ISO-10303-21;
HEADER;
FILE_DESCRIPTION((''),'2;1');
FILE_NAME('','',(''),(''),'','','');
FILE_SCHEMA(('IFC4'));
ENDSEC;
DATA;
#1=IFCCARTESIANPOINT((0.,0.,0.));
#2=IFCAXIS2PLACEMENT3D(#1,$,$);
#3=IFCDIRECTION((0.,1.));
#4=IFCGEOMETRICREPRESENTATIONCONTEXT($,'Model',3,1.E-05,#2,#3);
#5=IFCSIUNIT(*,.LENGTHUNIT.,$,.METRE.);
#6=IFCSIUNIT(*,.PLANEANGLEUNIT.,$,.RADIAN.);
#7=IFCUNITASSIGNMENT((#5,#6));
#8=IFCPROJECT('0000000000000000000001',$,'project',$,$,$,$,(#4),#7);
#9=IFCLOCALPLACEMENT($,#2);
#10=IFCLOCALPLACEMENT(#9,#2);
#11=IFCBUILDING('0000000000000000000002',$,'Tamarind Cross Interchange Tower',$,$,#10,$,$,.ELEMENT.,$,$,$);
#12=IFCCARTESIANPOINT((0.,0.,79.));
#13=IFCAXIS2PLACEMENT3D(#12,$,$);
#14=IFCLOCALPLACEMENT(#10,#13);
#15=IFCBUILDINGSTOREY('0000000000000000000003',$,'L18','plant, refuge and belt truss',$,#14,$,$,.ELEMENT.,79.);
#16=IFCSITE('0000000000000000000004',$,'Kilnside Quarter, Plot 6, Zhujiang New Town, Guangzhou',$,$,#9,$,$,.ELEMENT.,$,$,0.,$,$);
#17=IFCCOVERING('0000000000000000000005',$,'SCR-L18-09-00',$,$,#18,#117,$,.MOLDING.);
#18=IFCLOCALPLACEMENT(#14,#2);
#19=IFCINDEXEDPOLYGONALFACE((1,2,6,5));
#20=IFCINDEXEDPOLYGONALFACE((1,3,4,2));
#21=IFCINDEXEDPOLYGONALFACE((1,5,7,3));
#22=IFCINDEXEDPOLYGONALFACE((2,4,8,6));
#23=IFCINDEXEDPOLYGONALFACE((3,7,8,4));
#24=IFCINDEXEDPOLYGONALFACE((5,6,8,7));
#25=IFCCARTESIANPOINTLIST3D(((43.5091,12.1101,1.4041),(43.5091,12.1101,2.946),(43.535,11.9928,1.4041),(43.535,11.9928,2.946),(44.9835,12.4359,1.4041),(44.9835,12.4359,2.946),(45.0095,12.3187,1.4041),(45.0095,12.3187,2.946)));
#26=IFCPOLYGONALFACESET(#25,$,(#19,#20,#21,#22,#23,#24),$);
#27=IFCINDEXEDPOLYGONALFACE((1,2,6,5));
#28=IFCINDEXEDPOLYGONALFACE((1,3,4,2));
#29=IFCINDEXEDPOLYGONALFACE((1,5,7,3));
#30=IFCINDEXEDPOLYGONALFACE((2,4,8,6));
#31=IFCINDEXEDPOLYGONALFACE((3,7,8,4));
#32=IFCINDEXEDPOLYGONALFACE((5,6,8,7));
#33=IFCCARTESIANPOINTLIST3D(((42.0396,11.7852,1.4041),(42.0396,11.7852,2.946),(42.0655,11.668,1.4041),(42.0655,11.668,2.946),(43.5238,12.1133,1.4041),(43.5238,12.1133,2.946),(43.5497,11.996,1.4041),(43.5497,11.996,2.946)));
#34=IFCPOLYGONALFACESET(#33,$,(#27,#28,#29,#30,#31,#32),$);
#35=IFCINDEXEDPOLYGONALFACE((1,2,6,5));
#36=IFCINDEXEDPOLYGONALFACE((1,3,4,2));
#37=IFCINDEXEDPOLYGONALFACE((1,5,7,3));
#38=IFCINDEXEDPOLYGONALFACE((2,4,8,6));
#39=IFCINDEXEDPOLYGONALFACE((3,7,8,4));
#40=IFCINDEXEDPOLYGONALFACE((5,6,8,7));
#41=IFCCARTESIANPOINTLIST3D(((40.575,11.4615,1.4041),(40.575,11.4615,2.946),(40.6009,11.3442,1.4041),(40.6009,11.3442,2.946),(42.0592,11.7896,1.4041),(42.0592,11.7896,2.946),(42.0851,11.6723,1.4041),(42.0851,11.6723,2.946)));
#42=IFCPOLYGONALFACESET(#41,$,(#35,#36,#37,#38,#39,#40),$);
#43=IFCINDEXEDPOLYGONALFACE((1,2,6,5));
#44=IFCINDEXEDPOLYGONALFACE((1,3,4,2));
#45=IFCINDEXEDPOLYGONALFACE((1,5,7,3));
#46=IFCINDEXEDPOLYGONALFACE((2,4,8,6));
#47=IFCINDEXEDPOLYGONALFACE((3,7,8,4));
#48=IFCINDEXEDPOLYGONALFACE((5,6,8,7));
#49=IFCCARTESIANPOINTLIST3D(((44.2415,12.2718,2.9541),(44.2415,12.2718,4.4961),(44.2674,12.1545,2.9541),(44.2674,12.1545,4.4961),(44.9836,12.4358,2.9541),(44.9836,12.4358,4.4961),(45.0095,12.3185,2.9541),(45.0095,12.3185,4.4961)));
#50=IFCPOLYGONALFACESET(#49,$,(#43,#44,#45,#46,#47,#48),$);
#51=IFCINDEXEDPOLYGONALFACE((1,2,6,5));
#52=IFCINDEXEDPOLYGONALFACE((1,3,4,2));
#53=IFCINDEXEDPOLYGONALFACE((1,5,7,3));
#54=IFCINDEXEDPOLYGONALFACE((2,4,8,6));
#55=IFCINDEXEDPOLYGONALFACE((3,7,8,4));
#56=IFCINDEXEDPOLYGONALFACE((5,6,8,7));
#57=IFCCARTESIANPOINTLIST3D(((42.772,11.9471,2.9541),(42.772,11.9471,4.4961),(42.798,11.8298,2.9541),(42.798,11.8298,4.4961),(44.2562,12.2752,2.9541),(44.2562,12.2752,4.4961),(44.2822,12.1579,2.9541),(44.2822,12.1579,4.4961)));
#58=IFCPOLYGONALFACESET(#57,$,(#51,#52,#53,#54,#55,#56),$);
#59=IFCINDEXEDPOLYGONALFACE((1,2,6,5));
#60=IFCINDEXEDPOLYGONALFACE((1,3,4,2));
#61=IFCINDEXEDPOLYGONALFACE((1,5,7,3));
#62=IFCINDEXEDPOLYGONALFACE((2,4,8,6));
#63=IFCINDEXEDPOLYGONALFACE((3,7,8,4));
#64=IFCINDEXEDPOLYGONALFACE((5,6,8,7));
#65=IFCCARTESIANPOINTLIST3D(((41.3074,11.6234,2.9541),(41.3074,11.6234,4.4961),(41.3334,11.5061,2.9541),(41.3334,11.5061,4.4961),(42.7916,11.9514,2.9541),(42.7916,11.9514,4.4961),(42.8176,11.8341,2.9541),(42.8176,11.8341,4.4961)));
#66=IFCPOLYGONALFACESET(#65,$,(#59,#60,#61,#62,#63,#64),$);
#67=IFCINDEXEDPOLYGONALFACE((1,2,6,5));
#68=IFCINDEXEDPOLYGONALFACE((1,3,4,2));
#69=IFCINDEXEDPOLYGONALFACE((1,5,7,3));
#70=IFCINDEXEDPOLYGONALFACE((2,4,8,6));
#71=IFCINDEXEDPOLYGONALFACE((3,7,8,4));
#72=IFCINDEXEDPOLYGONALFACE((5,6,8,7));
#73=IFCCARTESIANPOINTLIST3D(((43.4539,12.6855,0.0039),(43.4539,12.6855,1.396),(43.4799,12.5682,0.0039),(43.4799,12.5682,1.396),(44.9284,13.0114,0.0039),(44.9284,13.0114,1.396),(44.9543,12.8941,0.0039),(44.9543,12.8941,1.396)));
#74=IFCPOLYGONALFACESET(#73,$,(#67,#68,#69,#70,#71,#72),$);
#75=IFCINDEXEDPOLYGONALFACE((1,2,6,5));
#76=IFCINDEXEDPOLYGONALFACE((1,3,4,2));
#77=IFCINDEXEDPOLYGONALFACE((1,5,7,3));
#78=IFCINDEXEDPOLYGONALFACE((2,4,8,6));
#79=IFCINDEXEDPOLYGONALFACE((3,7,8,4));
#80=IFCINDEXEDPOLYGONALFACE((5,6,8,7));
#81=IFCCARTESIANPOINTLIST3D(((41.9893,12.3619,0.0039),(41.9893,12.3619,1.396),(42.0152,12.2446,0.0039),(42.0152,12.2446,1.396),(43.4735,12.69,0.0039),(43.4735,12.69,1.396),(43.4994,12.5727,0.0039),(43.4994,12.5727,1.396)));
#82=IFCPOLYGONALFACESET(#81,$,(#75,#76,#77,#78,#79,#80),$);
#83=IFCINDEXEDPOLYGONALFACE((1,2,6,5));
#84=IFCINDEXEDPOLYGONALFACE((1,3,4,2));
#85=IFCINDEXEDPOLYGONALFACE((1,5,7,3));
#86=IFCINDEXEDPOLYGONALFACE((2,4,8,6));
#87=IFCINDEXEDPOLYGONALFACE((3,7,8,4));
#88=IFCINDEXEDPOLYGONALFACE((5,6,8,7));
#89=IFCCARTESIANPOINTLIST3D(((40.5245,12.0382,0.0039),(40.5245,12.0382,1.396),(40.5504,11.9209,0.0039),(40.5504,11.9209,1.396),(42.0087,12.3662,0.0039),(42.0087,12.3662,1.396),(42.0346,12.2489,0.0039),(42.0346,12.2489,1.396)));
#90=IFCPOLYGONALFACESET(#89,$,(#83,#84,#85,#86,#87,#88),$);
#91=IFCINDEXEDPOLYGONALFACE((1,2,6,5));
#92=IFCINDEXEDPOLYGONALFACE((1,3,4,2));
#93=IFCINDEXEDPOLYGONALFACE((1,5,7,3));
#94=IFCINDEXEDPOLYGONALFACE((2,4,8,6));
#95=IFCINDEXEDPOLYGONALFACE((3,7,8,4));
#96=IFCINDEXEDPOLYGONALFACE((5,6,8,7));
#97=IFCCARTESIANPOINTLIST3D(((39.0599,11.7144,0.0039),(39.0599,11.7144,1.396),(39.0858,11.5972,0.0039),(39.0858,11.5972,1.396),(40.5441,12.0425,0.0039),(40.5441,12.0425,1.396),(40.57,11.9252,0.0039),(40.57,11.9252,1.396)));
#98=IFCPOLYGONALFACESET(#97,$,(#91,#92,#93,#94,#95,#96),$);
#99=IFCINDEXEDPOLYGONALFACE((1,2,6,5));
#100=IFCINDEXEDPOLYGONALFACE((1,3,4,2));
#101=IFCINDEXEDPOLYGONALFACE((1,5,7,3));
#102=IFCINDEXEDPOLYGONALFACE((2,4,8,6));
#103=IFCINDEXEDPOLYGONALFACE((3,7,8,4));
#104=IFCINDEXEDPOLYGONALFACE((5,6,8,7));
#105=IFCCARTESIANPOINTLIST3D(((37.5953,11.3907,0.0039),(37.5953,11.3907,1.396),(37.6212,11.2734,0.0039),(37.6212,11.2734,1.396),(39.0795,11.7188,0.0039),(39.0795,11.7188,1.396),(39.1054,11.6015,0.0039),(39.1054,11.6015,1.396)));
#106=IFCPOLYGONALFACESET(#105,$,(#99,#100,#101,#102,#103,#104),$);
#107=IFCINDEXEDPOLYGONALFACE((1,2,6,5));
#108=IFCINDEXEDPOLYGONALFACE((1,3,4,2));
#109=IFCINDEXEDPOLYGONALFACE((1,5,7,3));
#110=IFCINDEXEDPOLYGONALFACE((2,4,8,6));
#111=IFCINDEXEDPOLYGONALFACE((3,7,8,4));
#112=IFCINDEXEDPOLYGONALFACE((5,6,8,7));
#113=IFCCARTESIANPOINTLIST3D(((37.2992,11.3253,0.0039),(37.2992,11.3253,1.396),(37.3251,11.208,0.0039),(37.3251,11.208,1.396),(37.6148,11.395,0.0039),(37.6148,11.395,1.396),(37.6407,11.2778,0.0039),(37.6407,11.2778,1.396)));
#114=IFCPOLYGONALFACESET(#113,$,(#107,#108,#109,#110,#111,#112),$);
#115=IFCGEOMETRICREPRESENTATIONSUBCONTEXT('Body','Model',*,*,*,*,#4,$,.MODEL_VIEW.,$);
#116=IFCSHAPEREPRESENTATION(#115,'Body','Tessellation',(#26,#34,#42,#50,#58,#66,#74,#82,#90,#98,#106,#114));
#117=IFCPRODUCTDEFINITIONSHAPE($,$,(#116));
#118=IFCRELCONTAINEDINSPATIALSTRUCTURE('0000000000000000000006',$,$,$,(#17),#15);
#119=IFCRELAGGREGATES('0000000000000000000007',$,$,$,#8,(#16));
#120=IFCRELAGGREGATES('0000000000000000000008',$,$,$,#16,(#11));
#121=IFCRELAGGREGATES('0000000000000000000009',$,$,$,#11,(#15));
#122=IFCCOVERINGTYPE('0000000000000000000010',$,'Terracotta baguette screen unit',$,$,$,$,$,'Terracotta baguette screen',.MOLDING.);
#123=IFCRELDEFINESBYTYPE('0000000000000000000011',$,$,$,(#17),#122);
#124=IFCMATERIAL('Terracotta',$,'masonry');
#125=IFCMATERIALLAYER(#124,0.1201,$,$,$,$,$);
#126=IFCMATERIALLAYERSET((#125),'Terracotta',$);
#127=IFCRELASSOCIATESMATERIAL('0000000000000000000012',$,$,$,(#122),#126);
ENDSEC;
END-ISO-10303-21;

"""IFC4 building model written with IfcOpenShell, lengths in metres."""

from ifc_helpers import new_model, si_unit, direction, frame, origin, origin_2d, place, context, subcontext, project, spatial, rectangle, extrude, material, layer, layer_set, type_object, element, save


model = new_model("IFC4")

# Units and contexts
model_context = context("Model", 3, precision=1e-05, world=origin(), true_north=direction((0.0, 1.0)))
body_context = subcontext(model_context, "Body", "Model", "MODEL_VIEW")
ifc_project = project(units=[si_unit("LENGTHUNIT", "METRE"), si_unit("PLANEANGLEUNIT", "RADIAN")], contexts=[model_context])

# Site, building, storey
site_placement = place(None, origin())
site = spatial("IfcSite", under=ifc_project, at=site_placement, Name="Kilnside Quarter, Plot 6, Zhujiang New Town, Guangzhou", CompositionType="ELEMENT", RefElevation=0.0)
building_placement = place(site_placement, origin())
building = spatial("IfcBuilding", under=site, at=building_placement, Name="Tamarind Cross Interchange Tower", CompositionType="ELEMENT")
storey_placement = place(building_placement, frame((0.0, 0.0, 79.0)))
storey = spatial("IfcBuildingStorey", under=building, at=storey_placement, Name="L18", Description="plant, refuge and belt truss", CompositionType="ELEMENT", Elevation=79.0)

# Covering
ifc_material_1 = material(Name="Terracotta", Category="masonry")
ifc_layer_1 = layer(ifc_material_1, 0.1201)
ifc_layer_set_1 = layer_set([ifc_layer_1], Name="Terracotta")
covering_type = type_object("IfcCoveringType", Name="Terracotta baguette screen unit", ElementType="Terracotta baguette screen", PredefinedType="MOLDING", material=ifc_layer_set_1)
covering_1_placement = place(storey_placement, origin())
element("IfcCovering", 1, at=covering_1_placement, inside=storey, type_object=covering_type, Name="SCR-L18-09-00", PredefinedType="MOLDING", context=body_context, shape_type="SweptSolid", body=[
    extrude(rectangle(XDim=1.51, YDim=0.1201, at=origin_2d()), frame((44.2593, 12.2144, 1.4041), z_axis=(0.0, 0.0, 1.0), x_axis=(-0.976433, -0.21582, 0.0)), (0.0, 0.0, 1.0), 1.542),
    extrude(rectangle(XDim=1.52, YDim=0.1201, at=origin_2d()), frame((42.7947, 11.8906, 1.4041), z_axis=(0.0, 0.0, 1.0), x_axis=(-0.976433, -0.21582, 0.0)), (0.0, 0.0, 1.0), 1.542),
    extrude(rectangle(XDim=1.52, YDim=0.1201, at=origin_2d()), frame((41.3301, 11.5669, 1.4041), z_axis=(0.0, 0.0, 1.0), x_axis=(-0.976433, -0.21582, 0.0)), (0.0, 0.0, 1.0), 1.542),
    extrude(rectangle(XDim=0.76, YDim=0.1201, at=origin_2d()), frame((44.6255, 12.2952, 2.9541), z_axis=(0.0, 0.0, 1.0), x_axis=(-0.976433, -0.21582, 0.0)), (0.0, 0.0, 1.0), 1.542),
    extrude(rectangle(XDim=1.52, YDim=0.1201, at=origin_2d()), frame((43.5271, 12.0525, 2.9541), z_axis=(0.0, 0.0, 1.0), x_axis=(-0.976433, -0.21582, 0.0)), (0.0, 0.0, 1.0), 1.542),
    extrude(rectangle(XDim=1.52, YDim=0.1201, at=origin_2d()), frame((42.0625, 11.7288, 2.9541), z_axis=(0.0, 0.0, 1.0), x_axis=(-0.976433, -0.21582, 0.0)), (0.0, 0.0, 1.0), 1.542),
    extrude(rectangle(XDim=1.51, YDim=0.1201, at=origin_2d()), frame((44.2041, 12.7898, 0.0039), z_axis=(0.0, 0.0, 1.0), x_axis=(-0.976433, -0.21582, 0.0)), (0.0, 0.0, 1.0), 1.3921),
    extrude(rectangle(XDim=1.52, YDim=0.1201, at=origin_2d()), frame((42.7444, 12.4673, 0.0039), z_axis=(0.0, 0.0, 1.0), x_axis=(-0.976433, -0.21582, 0.0)), (0.0, 0.0, 1.0), 1.3921),
    extrude(rectangle(XDim=1.52, YDim=0.1201, at=origin_2d()), frame((41.2795, 12.1436, 0.0039), z_axis=(0.0, 0.0, 1.0), x_axis=(-0.976433, -0.21582, 0.0)), (0.0, 0.0, 1.0), 1.3921),
    extrude(rectangle(XDim=1.52, YDim=0.1201, at=origin_2d()), frame((39.8149, 11.8198, 0.0039), z_axis=(0.0, 0.0, 1.0), x_axis=(-0.976433, -0.21582, 0.0)), (0.0, 0.0, 1.0), 1.3921),
    extrude(rectangle(XDim=1.52, YDim=0.1201, at=origin_2d()), frame((38.3503, 11.4961, 0.0039), z_axis=(0.0, 0.0, 1.0), x_axis=(-0.976433, -0.21582, 0.0)), (0.0, 0.0, 1.0), 1.3921),
    extrude(rectangle(XDim=0.3232, YDim=0.1201, at=origin_2d()), frame((37.47, 11.3015, 0.0039), z_axis=(0.0, 0.0, 1.0), x_axis=(-0.976433, -0.21582, 0.0)), (0.0, 0.0, 1.0), 1.3921),
])

save(model, "model.ifc")
